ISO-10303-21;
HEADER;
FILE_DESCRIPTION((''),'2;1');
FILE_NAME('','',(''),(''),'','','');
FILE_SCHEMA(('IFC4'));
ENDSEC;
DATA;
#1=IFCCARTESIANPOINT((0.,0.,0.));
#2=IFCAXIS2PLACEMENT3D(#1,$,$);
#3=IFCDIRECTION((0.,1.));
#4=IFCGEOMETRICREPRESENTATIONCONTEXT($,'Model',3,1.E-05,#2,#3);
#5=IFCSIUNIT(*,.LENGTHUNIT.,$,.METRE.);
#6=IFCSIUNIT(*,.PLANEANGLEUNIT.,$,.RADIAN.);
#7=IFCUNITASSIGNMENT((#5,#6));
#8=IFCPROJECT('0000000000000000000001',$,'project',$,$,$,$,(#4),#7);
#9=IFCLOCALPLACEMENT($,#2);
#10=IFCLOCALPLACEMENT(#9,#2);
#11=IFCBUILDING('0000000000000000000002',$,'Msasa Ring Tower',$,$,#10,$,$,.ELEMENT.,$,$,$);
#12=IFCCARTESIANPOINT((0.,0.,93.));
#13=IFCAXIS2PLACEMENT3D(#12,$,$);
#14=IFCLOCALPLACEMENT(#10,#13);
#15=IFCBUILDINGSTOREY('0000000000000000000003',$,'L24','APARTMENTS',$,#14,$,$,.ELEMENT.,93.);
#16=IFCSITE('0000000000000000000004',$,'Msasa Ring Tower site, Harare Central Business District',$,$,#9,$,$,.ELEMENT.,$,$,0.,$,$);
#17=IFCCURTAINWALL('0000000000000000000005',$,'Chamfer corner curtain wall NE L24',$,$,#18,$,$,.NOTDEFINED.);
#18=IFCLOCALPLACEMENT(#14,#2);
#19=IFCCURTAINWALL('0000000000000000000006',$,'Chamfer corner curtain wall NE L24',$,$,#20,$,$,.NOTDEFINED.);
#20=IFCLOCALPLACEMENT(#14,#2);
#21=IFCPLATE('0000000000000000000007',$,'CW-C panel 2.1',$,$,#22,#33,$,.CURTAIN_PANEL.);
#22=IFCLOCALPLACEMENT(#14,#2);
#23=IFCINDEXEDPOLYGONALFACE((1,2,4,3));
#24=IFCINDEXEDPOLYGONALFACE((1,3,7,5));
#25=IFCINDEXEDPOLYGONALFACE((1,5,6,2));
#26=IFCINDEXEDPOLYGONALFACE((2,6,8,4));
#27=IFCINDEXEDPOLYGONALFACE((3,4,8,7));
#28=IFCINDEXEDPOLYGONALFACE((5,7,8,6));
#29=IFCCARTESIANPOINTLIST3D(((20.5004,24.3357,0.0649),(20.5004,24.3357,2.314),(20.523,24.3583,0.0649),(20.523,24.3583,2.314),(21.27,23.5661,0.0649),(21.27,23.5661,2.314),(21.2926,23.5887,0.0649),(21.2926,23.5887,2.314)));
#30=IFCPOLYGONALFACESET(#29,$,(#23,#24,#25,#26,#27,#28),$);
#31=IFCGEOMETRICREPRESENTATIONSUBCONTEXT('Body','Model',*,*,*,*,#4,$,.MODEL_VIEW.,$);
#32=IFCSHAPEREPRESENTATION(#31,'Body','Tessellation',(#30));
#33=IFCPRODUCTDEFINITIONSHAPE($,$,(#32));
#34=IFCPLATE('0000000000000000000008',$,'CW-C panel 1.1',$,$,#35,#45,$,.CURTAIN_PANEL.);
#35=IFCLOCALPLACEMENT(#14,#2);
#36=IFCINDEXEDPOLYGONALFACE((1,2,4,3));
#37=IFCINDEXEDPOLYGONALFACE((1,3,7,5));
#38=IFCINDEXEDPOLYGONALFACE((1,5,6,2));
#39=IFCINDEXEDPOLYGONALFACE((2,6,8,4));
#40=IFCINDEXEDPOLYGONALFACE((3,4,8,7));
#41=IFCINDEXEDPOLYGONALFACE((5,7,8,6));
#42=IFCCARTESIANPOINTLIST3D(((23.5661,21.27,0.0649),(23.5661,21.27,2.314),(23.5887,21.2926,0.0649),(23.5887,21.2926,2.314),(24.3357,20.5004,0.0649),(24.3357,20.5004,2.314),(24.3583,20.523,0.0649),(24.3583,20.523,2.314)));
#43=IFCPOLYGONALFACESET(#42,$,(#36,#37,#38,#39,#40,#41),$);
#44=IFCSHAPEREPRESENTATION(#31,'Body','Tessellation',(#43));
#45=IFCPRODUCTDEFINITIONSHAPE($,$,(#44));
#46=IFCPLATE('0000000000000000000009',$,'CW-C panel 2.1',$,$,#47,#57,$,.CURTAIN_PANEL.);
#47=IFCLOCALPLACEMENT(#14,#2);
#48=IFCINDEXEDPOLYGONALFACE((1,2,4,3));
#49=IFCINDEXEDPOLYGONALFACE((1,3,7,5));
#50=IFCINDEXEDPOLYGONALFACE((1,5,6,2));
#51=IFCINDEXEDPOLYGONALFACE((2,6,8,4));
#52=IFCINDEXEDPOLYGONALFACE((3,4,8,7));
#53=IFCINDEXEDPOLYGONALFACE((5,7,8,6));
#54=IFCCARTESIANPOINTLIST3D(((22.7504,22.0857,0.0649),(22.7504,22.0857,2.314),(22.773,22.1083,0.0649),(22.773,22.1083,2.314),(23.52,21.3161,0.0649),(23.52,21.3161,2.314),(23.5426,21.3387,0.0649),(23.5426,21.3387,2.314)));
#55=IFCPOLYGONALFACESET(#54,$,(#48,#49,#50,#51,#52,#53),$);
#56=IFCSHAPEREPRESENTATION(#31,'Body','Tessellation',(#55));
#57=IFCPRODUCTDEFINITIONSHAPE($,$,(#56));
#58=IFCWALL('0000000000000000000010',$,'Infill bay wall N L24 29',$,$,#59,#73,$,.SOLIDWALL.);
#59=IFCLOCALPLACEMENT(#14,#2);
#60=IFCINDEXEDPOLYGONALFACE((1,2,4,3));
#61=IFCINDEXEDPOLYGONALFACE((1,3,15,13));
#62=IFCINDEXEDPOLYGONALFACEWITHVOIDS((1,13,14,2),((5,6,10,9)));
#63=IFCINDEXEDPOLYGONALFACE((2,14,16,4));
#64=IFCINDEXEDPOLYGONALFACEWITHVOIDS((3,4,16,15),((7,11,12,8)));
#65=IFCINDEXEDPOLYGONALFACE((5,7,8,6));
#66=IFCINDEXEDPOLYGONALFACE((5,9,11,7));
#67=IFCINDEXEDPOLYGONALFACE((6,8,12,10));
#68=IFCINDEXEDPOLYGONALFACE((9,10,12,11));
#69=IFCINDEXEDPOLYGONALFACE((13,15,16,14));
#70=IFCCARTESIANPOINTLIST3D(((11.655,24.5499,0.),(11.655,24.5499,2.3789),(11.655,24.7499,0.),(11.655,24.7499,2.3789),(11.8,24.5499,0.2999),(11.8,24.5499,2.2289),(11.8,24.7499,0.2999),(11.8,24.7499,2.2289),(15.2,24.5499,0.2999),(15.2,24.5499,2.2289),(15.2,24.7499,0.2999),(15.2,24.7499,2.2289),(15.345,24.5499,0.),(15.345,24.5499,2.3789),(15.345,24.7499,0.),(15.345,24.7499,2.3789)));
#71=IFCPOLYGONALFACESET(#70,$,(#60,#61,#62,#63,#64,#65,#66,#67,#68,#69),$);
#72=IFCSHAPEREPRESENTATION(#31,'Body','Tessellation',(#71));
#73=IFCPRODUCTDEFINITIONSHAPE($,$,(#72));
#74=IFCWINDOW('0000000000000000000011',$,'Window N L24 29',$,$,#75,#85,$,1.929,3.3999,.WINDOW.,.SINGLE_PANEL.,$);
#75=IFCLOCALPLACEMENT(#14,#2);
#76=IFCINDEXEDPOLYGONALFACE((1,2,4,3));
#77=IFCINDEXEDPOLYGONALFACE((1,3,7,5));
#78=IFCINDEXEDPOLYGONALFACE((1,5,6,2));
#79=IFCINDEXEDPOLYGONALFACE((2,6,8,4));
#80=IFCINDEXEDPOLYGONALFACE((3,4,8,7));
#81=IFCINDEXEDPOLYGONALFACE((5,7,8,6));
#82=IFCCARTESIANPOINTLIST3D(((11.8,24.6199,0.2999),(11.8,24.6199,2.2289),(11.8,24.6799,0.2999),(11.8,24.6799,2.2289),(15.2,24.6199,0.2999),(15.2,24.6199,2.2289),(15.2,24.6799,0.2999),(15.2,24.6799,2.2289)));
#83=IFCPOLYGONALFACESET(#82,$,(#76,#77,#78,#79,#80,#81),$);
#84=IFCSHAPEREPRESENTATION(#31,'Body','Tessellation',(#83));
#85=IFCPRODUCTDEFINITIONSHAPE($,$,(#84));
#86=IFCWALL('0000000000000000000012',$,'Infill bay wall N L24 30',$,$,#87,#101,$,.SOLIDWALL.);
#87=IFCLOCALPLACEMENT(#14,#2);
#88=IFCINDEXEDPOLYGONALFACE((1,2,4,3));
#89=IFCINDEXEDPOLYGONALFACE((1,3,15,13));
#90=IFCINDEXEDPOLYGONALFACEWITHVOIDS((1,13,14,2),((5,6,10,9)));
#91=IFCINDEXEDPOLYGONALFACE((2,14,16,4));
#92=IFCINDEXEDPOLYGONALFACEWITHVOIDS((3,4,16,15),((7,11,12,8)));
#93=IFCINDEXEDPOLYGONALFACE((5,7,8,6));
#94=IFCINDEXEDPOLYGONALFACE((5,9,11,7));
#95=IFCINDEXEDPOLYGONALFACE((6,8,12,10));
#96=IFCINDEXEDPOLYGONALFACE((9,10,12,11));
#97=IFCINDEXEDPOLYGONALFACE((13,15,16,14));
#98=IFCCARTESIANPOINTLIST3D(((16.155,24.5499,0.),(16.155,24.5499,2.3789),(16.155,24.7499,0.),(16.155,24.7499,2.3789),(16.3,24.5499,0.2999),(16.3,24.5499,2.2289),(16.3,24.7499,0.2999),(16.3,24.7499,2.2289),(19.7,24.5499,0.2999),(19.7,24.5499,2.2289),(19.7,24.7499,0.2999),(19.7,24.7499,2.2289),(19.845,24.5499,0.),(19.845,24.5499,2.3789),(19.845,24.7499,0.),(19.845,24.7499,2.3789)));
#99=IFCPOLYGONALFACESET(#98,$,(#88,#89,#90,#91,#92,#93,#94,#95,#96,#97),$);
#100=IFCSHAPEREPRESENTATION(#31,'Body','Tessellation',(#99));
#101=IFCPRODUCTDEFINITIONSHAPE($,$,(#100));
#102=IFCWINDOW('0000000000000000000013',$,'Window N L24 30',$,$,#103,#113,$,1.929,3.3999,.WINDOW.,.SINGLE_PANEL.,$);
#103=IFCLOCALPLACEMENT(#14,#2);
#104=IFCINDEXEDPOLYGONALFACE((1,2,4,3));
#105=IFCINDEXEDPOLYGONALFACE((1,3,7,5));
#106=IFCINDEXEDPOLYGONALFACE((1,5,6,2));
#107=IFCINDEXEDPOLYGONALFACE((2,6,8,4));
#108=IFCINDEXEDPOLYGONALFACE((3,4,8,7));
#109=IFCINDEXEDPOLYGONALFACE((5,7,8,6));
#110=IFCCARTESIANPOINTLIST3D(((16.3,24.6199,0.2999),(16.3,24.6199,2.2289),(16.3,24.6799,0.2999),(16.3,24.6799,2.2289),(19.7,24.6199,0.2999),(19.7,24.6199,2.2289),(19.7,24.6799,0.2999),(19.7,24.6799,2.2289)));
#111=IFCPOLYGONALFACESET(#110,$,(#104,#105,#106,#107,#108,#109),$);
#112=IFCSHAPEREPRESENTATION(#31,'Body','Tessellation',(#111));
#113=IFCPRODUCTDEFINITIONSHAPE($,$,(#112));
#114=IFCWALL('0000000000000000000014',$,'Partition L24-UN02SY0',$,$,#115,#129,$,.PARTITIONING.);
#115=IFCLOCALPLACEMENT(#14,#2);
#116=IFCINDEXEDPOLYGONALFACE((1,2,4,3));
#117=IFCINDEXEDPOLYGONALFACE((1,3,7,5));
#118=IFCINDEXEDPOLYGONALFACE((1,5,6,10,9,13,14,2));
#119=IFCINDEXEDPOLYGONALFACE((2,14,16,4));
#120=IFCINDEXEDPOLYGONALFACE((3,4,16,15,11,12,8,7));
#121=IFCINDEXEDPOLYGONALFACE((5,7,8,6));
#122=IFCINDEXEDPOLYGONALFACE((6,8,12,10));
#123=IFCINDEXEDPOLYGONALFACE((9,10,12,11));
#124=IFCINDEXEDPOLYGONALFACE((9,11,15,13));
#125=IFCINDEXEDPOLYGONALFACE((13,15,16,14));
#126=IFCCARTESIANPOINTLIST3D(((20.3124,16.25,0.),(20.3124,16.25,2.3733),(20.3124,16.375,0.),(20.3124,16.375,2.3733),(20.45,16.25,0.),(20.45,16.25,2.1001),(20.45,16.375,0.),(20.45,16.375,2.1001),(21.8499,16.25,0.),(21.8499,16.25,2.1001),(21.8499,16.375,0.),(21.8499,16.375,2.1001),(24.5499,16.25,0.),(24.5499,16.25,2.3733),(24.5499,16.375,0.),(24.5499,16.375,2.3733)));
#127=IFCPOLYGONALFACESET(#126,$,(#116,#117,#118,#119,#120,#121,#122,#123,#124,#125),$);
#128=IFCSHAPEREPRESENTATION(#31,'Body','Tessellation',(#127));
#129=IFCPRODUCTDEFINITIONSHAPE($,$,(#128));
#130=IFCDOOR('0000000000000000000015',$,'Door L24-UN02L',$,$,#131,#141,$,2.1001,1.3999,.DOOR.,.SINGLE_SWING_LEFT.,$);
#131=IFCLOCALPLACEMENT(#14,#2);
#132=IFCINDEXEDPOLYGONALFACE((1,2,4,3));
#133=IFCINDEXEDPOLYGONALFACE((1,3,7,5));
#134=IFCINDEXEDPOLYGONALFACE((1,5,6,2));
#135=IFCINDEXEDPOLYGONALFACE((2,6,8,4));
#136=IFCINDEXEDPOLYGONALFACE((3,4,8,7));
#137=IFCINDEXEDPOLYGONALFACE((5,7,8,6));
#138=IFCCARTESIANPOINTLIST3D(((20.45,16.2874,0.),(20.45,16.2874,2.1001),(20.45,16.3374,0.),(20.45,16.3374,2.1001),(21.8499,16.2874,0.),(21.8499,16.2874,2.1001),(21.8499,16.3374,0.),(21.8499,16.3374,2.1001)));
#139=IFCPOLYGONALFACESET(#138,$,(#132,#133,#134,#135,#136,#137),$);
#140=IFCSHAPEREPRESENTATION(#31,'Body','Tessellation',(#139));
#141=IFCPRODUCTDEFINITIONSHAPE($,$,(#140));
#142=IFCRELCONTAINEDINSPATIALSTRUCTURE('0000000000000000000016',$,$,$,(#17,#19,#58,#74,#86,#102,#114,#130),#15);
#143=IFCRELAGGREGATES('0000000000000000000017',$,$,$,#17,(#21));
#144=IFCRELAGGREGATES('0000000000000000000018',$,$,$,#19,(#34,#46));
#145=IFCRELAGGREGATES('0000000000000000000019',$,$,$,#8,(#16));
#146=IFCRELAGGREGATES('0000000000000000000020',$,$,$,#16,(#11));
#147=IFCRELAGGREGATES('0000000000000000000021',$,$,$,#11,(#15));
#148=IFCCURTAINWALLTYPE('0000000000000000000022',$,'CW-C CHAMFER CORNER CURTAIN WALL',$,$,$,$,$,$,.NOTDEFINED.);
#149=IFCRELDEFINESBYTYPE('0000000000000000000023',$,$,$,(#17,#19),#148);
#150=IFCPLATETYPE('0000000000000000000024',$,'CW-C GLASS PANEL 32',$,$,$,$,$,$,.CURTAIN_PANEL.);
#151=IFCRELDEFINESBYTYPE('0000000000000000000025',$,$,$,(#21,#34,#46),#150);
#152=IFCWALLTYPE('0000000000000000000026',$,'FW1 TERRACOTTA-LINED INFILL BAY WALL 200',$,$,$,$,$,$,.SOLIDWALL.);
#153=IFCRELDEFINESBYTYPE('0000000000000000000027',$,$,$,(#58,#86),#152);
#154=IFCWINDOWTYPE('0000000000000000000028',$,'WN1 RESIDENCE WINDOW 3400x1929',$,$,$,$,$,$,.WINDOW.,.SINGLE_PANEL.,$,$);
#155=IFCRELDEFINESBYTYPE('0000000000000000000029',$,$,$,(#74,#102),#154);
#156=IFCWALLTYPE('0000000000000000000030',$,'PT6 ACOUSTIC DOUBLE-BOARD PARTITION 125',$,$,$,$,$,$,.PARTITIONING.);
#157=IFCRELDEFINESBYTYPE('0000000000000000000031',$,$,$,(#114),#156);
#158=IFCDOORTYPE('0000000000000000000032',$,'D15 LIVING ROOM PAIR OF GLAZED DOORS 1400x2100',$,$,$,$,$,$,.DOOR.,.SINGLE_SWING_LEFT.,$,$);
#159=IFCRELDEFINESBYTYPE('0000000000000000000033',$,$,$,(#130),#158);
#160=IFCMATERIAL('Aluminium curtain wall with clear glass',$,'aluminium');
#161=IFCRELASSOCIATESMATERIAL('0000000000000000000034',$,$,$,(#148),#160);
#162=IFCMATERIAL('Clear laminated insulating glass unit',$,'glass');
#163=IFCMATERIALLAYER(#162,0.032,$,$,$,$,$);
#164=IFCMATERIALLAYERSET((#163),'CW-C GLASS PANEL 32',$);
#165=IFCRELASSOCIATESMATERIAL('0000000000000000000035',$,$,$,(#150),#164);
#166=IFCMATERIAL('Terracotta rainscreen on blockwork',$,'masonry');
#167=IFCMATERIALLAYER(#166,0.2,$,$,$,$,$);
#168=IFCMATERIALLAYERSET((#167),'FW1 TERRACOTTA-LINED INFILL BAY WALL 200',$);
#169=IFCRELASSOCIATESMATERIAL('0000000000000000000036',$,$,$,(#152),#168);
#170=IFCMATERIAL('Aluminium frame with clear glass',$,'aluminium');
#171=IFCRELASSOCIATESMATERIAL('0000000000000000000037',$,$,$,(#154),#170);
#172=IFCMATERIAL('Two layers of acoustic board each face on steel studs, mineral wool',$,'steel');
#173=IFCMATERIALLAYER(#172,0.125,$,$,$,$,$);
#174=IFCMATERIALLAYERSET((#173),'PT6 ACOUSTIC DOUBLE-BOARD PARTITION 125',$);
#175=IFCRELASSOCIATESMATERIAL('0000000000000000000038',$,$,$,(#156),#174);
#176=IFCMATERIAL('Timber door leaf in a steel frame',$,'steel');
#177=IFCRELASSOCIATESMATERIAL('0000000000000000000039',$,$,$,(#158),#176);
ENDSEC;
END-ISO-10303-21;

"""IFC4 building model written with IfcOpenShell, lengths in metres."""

from ifc_helpers import new_model, si_unit, direction, frame, frame_2d, origin, origin_2d, place, context, subcontext, project, spatial, rectangle, extrude, material, layer, layer_set, type_object, element, fill, aggregate, save


model = new_model("IFC4")

# Units and contexts
model_context = context("Model", 3, precision=1e-05, world=origin(), true_north=direction((0.0, 1.0)))
body_context = subcontext(model_context, "Body", "Model", "MODEL_VIEW")
ifc_project = project(units=[si_unit("LENGTHUNIT", "METRE"), si_unit("PLANEANGLEUNIT", "RADIAN")], contexts=[model_context])

# Site, building, storey
site_placement = place(None, origin())
site = spatial("IfcSite", under=ifc_project, at=site_placement, Name="Msasa Ring Tower site, Harare Central Business District", CompositionType="ELEMENT", RefElevation=0.0)
building_placement = place(site_placement, origin())
building = spatial("IfcBuilding", under=site, at=building_placement, Name="Msasa Ring Tower", CompositionType="ELEMENT")
storey_placement = place(building_placement, frame((0.0, 0.0, 93.0)))
storey = spatial("IfcBuildingStorey", under=building, at=storey_placement, Name="L24", Description="APARTMENTS", CompositionType="ELEMENT", Elevation=93.0)

# Curtain walls
ifc_material_1 = material(Name="Aluminium curtain wall with clear glass", Category="aluminium")
curtain_wall_type = type_object("IfcCurtainWallType", Name="CW-C CHAMFER CORNER CURTAIN WALL", PredefinedType="NOTDEFINED", material=ifc_material_1)
curtain_wall_1_placement = place(storey_placement, origin())
curtain_wall_1 = element("IfcCurtainWall", 1, at=curtain_wall_1_placement, inside=storey, type_object=curtain_wall_type, Name="Chamfer corner curtain wall NE L24", PredefinedType="NOTDEFINED")
curtain_wall_2_placement = place(storey_placement, origin())
curtain_wall_2 = element("IfcCurtainWall", 2, at=curtain_wall_2_placement, inside=storey, type_object=curtain_wall_type, Name="Chamfer corner curtain wall NE L24", PredefinedType="NOTDEFINED")

# Plates
ifc_material_2 = material(Name="Clear laminated insulating glass unit", Category="glass")
ifc_layer_1 = layer(ifc_material_2, 0.032)
ifc_layer_set_1 = layer_set([ifc_layer_1], Name="CW-C GLASS PANEL 32")
plate_type = type_object("IfcPlateType", Name="CW-C GLASS PANEL 32", PredefinedType="CURTAIN_PANEL", material=ifc_layer_set_1)
plate_1_placement = place(storey_placement, frame((20.8965, 23.9622, 0.0649), z_axis=(0.0, 0.0, 1.0), x_axis=(-0.707107, 0.707107, 0.0)))
plate_1 = element("IfcPlate", 3, at=plate_1_placement, type_object=plate_type, Name="CW-C panel 2.1", PredefinedType="CURTAIN_PANEL", context=body_context, shape_type="SweptSolid", body=[
    extrude(rectangle(XDim=1.0884, YDim=0.032, at=origin_2d()), origin(), (0.0, 0.0, 1.0), 2.249),
])
aggregate(curtain_wall_1, [plate_1])
plate_2_placement = place(storey_placement, frame((23.9622, 20.8965, 0.0649), z_axis=(0.0, 0.0, 1.0), x_axis=(-0.707107, 0.707107, 0.0)))
plate_2 = element("IfcPlate", 4, at=plate_2_placement, type_object=plate_type, Name="CW-C panel 1.1", PredefinedType="CURTAIN_PANEL", context=body_context, shape_type="SweptSolid", body=[
    extrude(rectangle(XDim=1.0884, YDim=0.032, at=origin_2d()), origin(), (0.0, 0.0, 1.0), 2.249),
])
plate_3_placement = place(storey_placement, frame((23.1465, 21.7122, 0.0649), z_axis=(0.0, 0.0, 1.0), x_axis=(-0.707107, 0.707107, 0.0)))
plate_3 = element("IfcPlate", 5, at=plate_3_placement, type_object=plate_type, Name="CW-C panel 2.1", PredefinedType="CURTAIN_PANEL", context=body_context, shape_type="SweptSolid", body=[
    extrude(rectangle(XDim=1.0884, YDim=0.032, at=origin_2d()), origin(), (0.0, 0.0, 1.0), 2.249),
])
aggregate(curtain_wall_2, [plate_2, plate_3])

# Walls, openings, windows
ifc_material_3 = material(Name="Terracotta rainscreen on blockwork", Category="masonry")
ifc_layer_2 = layer(ifc_material_3, 0.2)
ifc_layer_set_2 = layer_set([ifc_layer_2], Name="FW1 TERRACOTTA-LINED INFILL BAY WALL 200")
wall_type_1 = type_object("IfcWallType", Name="FW1 TERRACOTTA-LINED INFILL BAY WALL 200", PredefinedType="SOLIDWALL", material=ifc_layer_set_2)
wall_1_placement = place(storey_placement, frame((11.655, 24.6499, 0.0), z_axis=(0.0, 0.0, 1.0), x_axis=(1.0, 0.0, 0.0)))
wall_1 = element("IfcWall", 6, at=wall_1_placement, inside=storey, type_object=wall_type_1, Name="Infill bay wall N L24 29", PredefinedType="SOLIDWALL", context=body_context, shape_type="SweptSolid", body=[
    extrude(rectangle(XDim=3.6899, YDim=0.2, at=frame_2d((1.845, 0.0))), origin(), (0.0, 0.0, 1.0), 2.3789),
])
opening_1_placement = place(wall_1_placement, frame((0.145, 0.0, 0.3)))
opening_1 = element("IfcOpeningElement", 7, at=opening_1_placement, cuts=wall_1, PredefinedType="OPENING", context=body_context, shape_type="SweptSolid", body=[
    extrude(rectangle(XDim=3.3999, YDim=1.929, at=frame_2d((1.7, 0.9644))), frame((0.0, 0.1099, 0.0), z_axis=(0.0, -1.0, 0.0), x_axis=(1.0, 0.0, 0.0)), (0.0, 0.0, 1.0), 0.22),
])
ifc_material_4 = material(Name="Aluminium frame with clear glass", Category="aluminium")
window_type = type_object("IfcWindowType", Name="WN1 RESIDENCE WINDOW 3400x1929", PartitioningType="SINGLE_PANEL", PredefinedType="WINDOW", material=ifc_material_4)
window_1_placement = place(opening_1_placement, origin())
window_1 = element("IfcWindow", 8, at=window_1_placement, inside=storey, type_object=window_type, Name="Window N L24 29", OverallHeight=1.929, OverallWidth=3.3999, PartitioningType="SINGLE_PANEL", PredefinedType="WINDOW", context=body_context, shape_type="SweptSolid", body=[
    extrude(rectangle(XDim=3.3999, YDim=1.929, at=frame_2d((1.7, 0.9644))), frame((0.0, 0.03, 0.0), z_axis=(0.0, -1.0, 0.0), x_axis=(1.0, 0.0, 0.0)), (0.0, 0.0, 1.0), 0.0601),
])
fill(opening_1, window_1)
wall_2_placement = place(storey_placement, frame((16.155, 24.6499, 0.0), z_axis=(0.0, 0.0, 1.0), x_axis=(1.0, 0.0, 0.0)))
wall_2 = element("IfcWall", 9, at=wall_2_placement, inside=storey, type_object=wall_type_1, Name="Infill bay wall N L24 30", PredefinedType="SOLIDWALL", context=body_context, shape_type="SweptSolid", body=[
    extrude(rectangle(XDim=3.6899, YDim=0.2, at=frame_2d((1.845, 0.0))), origin(), (0.0, 0.0, 1.0), 2.3789),
])
opening_2_placement = place(wall_2_placement, frame((0.145, 0.0, 0.3)))
opening_2 = element("IfcOpeningElement", 10, at=opening_2_placement, cuts=wall_2, PredefinedType="OPENING", context=body_context, shape_type="SweptSolid", body=[
    extrude(rectangle(XDim=3.3999, YDim=1.929, at=frame_2d((1.7, 0.9644))), frame((0.0, 0.1099, 0.0), z_axis=(0.0, -1.0, 0.0), x_axis=(1.0, 0.0, 0.0)), (0.0, 0.0, 1.0), 0.22),
])
window_2_placement = place(opening_2_placement, origin())
window_2 = element("IfcWindow", 11, at=window_2_placement, inside=storey, type_object=window_type, Name="Window N L24 30", OverallHeight=1.929, OverallWidth=3.3999, PartitioningType="SINGLE_PANEL", PredefinedType="WINDOW", context=body_context, shape_type="SweptSolid", body=[
    extrude(rectangle(XDim=3.3999, YDim=1.929, at=frame_2d((1.7, 0.9644))), frame((0.0, 0.03, 0.0), z_axis=(0.0, -1.0, 0.0), x_axis=(1.0, 0.0, 0.0)), (0.0, 0.0, 1.0), 0.0601),
])
fill(opening_2, window_2)

# Wall, opening, door
ifc_material_5 = material(Name="Two layers of acoustic board each face on steel studs, mineral wool", Category="steel")
ifc_layer_3 = layer(ifc_material_5, 0.125)
ifc_layer_set_3 = layer_set([ifc_layer_3], Name="PT6 ACOUSTIC DOUBLE-BOARD PARTITION 125")
wall_type_2 = type_object("IfcWallType", Name="PT6 ACOUSTIC DOUBLE-BOARD PARTITION 125", PredefinedType="PARTITIONING", material=ifc_layer_set_3)
wall_3_placement = place(storey_placement, frame((20.3125, 16.3125, 0.0), z_axis=(0.0, 0.0, 1.0), x_axis=(1.0, 0.0, 0.0)))
wall_3 = element("IfcWall", 12, at=wall_3_placement, inside=storey, type_object=wall_type_2, Name="Partition L24-UN02SY0", PredefinedType="PARTITIONING", context=body_context, shape_type="SweptSolid", body=[
    extrude(rectangle(XDim=4.2375, YDim=0.125, at=frame_2d((2.1187, 0.0))), origin(), (0.0, 0.0, 1.0), 2.3733),
])
opening_3_placement = place(wall_3_placement, frame((0.1375, 0.0, 0.0)))
opening_3 = element("IfcOpeningElement", 13, at=opening_3_placement, cuts=wall_3, PredefinedType="OPENING", context=body_context, shape_type="SweptSolid", body=[
    extrude(rectangle(XDim=1.3999, YDim=2.1001, at=frame_2d((0.7, 1.05))), frame((0.0, 0.0725, 0.0), z_axis=(0.0, -1.0, 0.0), x_axis=(1.0, 0.0, 0.0)), (0.0, 0.0, 1.0), 0.145),
])
ifc_material_6 = material(Name="Timber door leaf in a steel frame", Category="steel")
door_type = type_object("IfcDoorType", Name="D15 LIVING ROOM PAIR OF GLAZED DOORS 1400x2100", OperationType="SINGLE_SWING_LEFT", PredefinedType="DOOR", material=ifc_material_6)
door_placement = place(opening_3_placement, origin())
door = element("IfcDoor", 14, at=door_placement, inside=storey, type_object=door_type, Name="Door L24-UN02L", OperationType="SINGLE_SWING_LEFT", OverallHeight=2.1001, OverallWidth=1.3999, PredefinedType="DOOR", context=body_context, shape_type="SweptSolid", body=[
    extrude(rectangle(XDim=1.3999, YDim=2.1001, at=frame_2d((0.7, 1.05))), frame((0.0, 0.0249, 0.0), z_axis=(0.0, -1.0, 0.0), x_axis=(1.0, 0.0, 0.0)), (0.0, 0.0, 1.0), 0.05),
])
fill(opening_3, door)

save(model, "model.ifc")
